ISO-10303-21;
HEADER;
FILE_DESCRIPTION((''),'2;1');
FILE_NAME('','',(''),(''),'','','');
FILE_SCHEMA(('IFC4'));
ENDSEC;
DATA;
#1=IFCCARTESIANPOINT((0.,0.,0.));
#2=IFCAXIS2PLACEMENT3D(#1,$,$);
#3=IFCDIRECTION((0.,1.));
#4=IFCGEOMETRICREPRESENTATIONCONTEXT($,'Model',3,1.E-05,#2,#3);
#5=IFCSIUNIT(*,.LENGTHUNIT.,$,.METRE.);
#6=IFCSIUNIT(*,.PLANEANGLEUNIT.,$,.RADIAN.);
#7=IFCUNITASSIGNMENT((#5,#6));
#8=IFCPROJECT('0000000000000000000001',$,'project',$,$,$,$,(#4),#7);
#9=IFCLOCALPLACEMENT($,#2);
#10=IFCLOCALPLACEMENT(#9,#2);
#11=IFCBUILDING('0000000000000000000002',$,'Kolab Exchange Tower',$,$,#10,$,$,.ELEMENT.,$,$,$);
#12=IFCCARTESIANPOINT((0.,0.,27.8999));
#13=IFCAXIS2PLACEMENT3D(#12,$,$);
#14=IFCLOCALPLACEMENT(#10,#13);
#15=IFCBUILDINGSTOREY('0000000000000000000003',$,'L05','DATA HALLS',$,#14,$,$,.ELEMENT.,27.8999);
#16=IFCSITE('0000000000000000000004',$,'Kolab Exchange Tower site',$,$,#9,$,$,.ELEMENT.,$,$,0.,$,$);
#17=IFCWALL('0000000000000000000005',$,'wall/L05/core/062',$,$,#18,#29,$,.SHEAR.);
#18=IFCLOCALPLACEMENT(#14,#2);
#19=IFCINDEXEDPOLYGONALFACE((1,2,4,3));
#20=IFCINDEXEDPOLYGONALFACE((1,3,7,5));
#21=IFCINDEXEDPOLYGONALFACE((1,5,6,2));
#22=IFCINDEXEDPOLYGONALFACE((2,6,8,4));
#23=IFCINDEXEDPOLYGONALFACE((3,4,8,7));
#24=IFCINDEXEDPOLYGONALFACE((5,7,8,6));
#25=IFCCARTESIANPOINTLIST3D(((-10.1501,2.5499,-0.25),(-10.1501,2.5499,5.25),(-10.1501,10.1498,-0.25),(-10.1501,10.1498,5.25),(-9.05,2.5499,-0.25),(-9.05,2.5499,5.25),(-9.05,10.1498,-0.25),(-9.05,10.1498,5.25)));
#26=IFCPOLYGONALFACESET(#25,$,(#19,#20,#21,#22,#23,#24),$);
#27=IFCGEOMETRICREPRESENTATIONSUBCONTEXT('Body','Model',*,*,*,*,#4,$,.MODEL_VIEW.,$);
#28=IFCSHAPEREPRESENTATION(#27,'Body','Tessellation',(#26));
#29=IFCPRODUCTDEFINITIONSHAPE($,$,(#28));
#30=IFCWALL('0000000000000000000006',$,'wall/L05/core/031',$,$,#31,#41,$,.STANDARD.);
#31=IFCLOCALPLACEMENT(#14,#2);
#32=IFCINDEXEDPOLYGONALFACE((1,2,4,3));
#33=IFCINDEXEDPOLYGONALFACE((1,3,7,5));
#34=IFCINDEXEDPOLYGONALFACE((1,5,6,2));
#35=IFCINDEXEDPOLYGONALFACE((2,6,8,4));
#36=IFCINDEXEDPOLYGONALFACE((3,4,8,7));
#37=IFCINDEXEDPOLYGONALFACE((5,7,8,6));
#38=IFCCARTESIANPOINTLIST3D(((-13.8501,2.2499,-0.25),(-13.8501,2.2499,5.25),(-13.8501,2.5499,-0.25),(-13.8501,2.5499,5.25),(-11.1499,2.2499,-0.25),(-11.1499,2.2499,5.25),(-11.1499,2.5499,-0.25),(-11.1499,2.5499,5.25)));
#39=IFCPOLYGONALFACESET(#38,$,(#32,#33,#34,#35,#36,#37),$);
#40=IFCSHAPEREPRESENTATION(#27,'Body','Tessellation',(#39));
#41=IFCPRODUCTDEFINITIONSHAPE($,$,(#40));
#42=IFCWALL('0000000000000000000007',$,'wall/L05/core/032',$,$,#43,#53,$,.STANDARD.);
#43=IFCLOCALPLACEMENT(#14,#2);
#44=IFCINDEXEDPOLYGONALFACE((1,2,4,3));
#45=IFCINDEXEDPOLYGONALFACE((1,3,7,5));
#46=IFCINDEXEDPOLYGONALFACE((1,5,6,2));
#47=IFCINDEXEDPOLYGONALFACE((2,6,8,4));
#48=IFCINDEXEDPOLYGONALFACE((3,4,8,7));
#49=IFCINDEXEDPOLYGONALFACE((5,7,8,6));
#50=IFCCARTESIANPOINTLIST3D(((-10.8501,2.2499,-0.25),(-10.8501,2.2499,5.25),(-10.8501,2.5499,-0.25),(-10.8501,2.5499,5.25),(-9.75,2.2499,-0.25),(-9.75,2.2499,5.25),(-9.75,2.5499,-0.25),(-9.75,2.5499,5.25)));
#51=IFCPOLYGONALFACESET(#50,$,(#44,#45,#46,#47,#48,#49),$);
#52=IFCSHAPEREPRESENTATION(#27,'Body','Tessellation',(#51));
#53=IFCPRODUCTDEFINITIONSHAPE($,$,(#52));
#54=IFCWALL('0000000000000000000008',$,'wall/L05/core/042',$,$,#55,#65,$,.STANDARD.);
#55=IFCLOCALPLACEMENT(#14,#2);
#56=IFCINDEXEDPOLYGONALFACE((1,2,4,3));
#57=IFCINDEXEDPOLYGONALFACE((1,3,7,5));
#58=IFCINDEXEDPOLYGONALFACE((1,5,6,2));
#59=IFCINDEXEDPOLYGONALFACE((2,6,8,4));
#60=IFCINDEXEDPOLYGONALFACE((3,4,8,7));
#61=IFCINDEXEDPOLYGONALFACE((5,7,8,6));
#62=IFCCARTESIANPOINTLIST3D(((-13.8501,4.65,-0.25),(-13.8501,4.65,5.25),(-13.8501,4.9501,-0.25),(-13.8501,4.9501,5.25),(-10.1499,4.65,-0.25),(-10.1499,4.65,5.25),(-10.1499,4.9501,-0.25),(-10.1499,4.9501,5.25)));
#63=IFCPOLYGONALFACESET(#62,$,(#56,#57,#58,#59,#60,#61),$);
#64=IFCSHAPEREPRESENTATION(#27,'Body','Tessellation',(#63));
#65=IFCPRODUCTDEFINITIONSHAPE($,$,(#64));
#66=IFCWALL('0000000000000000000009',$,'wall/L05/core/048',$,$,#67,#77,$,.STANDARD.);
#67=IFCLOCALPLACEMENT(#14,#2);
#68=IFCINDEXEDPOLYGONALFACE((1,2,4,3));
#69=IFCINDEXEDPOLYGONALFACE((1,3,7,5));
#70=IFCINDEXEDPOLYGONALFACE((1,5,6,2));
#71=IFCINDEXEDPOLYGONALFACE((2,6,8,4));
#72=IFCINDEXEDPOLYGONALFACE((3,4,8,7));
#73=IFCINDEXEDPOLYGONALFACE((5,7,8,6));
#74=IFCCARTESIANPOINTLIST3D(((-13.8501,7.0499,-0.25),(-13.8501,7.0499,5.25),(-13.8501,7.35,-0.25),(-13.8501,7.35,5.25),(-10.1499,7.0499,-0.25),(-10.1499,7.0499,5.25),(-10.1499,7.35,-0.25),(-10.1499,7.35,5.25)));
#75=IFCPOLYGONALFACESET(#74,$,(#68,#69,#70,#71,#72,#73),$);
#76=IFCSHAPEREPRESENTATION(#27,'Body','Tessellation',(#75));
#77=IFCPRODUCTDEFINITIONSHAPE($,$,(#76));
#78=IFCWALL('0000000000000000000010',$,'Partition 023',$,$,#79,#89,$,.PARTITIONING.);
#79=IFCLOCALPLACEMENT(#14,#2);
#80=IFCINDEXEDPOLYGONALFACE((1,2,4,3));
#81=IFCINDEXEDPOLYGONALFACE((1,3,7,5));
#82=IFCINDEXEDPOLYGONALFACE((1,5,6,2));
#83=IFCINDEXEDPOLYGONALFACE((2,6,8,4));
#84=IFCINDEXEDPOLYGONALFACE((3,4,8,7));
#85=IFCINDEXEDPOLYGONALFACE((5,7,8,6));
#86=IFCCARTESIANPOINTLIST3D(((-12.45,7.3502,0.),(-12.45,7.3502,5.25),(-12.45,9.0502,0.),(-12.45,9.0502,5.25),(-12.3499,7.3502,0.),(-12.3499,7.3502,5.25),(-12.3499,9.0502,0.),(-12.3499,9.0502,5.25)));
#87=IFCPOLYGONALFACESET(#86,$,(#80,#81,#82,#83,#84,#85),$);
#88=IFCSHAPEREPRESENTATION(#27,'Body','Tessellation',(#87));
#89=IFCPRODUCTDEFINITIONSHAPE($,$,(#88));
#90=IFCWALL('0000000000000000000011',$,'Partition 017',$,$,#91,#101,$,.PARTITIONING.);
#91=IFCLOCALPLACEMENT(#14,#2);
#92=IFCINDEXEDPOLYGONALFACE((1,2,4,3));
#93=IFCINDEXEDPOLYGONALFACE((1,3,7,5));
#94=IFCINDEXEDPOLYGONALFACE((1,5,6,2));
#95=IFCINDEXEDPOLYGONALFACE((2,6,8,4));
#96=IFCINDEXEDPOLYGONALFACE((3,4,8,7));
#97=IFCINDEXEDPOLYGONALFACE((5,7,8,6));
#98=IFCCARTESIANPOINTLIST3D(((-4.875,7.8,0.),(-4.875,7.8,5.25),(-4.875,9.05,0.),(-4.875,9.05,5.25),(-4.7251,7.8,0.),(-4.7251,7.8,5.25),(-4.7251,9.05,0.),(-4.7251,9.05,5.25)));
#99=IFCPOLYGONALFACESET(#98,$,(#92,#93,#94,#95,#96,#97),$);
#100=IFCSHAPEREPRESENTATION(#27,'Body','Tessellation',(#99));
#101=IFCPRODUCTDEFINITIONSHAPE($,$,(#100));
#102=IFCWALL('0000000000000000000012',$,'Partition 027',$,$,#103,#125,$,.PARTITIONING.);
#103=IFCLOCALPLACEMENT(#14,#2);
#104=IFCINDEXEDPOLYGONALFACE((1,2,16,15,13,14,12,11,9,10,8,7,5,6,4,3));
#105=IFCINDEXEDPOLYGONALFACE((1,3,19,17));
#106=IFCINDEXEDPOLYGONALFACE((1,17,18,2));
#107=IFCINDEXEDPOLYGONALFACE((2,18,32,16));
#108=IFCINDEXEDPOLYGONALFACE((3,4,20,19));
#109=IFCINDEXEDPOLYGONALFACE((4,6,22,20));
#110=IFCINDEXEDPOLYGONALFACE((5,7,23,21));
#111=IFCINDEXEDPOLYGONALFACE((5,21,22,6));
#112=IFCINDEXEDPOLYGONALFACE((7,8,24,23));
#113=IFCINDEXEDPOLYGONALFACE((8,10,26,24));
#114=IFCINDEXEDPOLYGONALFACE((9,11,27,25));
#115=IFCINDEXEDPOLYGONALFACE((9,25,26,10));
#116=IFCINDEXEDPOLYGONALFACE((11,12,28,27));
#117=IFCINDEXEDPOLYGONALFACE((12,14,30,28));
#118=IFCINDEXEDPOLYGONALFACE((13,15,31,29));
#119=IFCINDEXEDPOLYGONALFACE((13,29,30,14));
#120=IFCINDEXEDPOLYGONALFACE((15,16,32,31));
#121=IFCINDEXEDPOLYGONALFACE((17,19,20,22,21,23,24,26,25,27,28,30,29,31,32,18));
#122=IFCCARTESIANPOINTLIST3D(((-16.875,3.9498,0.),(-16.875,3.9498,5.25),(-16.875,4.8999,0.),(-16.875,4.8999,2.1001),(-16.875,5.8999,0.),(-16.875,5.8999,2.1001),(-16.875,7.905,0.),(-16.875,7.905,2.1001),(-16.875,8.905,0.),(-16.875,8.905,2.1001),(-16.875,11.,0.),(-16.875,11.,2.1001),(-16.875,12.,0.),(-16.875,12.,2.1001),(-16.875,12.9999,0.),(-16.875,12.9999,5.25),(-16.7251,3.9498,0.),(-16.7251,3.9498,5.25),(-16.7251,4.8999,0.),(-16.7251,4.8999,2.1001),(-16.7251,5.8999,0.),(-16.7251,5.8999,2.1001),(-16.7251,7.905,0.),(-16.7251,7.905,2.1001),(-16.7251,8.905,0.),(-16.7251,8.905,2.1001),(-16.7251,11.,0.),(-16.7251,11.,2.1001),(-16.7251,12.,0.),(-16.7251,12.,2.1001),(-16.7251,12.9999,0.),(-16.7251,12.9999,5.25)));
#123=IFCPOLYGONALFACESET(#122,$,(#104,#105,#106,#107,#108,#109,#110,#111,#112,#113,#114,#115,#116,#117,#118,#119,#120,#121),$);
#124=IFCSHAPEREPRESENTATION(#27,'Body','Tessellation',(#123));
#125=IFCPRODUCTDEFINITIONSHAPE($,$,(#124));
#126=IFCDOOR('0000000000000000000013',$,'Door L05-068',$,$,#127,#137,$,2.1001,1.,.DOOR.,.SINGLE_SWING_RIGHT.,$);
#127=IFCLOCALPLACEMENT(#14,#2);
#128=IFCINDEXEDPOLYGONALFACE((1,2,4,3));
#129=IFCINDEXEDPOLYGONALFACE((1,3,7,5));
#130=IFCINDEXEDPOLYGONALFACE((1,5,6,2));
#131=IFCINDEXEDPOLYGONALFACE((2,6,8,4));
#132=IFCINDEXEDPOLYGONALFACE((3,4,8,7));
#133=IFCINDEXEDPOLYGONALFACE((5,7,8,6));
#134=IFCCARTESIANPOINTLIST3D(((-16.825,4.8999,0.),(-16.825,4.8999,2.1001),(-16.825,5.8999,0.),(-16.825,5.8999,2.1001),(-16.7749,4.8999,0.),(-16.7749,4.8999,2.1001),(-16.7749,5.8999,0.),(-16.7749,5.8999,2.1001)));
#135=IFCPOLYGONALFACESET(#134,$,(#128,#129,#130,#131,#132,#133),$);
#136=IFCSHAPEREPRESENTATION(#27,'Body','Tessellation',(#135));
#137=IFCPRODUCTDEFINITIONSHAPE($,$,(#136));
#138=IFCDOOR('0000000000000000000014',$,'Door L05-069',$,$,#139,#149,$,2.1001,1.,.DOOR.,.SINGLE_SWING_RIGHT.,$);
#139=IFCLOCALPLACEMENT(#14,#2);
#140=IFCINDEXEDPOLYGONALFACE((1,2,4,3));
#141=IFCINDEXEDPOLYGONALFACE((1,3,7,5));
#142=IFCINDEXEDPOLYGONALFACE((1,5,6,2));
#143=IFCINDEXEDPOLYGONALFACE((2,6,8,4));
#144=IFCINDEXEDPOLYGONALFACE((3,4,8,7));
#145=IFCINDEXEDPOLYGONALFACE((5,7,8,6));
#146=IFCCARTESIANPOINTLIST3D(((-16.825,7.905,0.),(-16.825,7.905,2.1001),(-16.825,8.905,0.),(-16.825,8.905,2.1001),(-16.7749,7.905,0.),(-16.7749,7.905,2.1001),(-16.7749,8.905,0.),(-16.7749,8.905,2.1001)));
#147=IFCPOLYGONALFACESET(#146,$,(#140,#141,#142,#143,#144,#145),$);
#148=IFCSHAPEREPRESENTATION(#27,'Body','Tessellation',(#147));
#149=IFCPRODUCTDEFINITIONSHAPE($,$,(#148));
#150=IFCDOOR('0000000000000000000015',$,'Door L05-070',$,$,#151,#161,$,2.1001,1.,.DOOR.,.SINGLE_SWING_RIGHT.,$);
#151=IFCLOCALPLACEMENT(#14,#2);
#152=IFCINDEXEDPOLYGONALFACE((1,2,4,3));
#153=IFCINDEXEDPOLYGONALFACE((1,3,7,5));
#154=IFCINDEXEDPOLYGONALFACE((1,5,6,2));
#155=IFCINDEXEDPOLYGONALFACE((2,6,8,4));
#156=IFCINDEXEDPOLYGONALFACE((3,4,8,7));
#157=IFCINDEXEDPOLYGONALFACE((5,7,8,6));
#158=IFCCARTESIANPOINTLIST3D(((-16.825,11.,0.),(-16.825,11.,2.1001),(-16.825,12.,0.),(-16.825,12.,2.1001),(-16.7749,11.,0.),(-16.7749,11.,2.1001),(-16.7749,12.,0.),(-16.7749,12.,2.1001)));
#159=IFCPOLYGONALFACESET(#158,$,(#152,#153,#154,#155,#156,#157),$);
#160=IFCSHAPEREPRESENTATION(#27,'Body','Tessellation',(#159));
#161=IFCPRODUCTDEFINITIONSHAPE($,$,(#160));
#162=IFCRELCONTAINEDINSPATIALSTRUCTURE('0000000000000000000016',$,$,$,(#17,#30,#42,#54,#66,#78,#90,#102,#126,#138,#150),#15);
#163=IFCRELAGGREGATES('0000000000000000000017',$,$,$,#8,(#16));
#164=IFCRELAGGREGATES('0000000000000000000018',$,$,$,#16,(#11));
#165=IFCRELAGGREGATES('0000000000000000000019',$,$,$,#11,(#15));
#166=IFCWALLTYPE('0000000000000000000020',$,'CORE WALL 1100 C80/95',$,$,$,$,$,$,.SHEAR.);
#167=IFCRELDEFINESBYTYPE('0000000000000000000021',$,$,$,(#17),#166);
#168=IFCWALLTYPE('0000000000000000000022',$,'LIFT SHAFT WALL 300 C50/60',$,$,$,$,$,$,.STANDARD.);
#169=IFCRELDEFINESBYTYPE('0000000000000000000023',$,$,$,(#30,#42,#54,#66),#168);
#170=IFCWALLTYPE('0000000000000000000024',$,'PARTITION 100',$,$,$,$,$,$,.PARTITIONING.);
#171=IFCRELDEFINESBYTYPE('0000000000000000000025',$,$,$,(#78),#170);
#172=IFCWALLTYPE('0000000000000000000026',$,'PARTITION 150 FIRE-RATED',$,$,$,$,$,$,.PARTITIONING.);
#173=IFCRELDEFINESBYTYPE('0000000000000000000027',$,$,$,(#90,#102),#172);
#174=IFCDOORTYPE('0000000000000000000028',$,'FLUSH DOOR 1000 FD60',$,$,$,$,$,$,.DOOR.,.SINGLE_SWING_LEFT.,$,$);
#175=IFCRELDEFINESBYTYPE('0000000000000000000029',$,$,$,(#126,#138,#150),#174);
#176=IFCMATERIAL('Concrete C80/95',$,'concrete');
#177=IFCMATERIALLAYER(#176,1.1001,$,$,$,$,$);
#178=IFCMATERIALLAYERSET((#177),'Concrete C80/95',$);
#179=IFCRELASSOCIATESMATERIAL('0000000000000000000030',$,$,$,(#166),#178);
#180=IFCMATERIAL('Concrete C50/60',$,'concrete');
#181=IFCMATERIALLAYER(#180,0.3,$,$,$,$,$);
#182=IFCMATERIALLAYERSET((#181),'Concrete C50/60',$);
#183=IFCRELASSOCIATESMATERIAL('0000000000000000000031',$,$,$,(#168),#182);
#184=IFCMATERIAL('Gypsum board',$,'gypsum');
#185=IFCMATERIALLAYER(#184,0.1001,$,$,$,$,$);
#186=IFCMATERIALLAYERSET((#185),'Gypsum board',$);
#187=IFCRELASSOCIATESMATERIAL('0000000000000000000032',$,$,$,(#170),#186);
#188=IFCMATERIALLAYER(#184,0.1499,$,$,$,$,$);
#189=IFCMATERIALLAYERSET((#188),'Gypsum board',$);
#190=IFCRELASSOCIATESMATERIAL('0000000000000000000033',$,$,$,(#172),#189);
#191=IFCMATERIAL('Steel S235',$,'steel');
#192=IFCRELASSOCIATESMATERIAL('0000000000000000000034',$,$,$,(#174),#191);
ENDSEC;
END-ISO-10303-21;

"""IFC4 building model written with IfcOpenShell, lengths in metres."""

from ifc_helpers import new_model, si_unit, direction, frame, frame_2d, origin, place, context, subcontext, project, spatial, rectangle, extrude, material, layer, layer_set, type_object, element, fill, save


model = new_model("IFC4")

# Units and contexts
model_context = context("Model", 3, precision=1e-05, world=origin(), true_north=direction((0.0, 1.0)))
body_context = subcontext(model_context, "Body", "Model", "MODEL_VIEW")
ifc_project = project(units=[si_unit("LENGTHUNIT", "METRE"), si_unit("PLANEANGLEUNIT", "RADIAN")], contexts=[model_context])

# Site, building, storey
site_placement = place(None, origin())
site = spatial("IfcSite", under=ifc_project, at=site_placement, Name="Kolab Exchange Tower site", CompositionType="ELEMENT", RefElevation=0.0)
building_placement = place(site_placement, origin())
building = spatial("IfcBuilding", under=site, at=building_placement, Name="Kolab Exchange Tower", CompositionType="ELEMENT")
storey_placement = place(building_placement, frame((0.0, 0.0, 27.8999)))
storey = spatial("IfcBuildingStorey", under=building, at=storey_placement, Name="L05", Description="DATA HALLS", CompositionType="ELEMENT", Elevation=27.8999)

# Walls
ifc_material_1 = material(Name="Concrete C80/95", Category="concrete")
ifc_layer_1 = layer(ifc_material_1, 1.1001)
ifc_layer_set_1 = layer_set([ifc_layer_1], Name="Concrete C80/95")
wall_type_1 = type_object("IfcWallType", Name="CORE WALL 1100 C80/95", PredefinedType="SHEAR", material=ifc_layer_set_1)
wall_1_placement = place(storey_placement, frame((-9.6001, 2.55, -0.25), z_axis=(0.0, 0.0, 1.0), x_axis=(0.0, 1.0, 0.0)))
element("IfcWall", 1, at=wall_1_placement, inside=storey, type_object=wall_type_1, Name="wall/L05/core/062", PredefinedType="SHEAR", context=body_context, shape_type="SweptSolid", body=[
    extrude(rectangle(XDim=7.5999, YDim=1.1001, at=frame_2d((3.7998, 0.0))), origin(), (0.0, 0.0, 1.0), 5.5),
])
ifc_material_2 = material(Name="Concrete C50/60", Category="concrete")
ifc_layer_2 = layer(ifc_material_2, 0.3)
ifc_layer_set_2 = layer_set([ifc_layer_2], Name="Concrete C50/60")
wall_type_2 = type_object("IfcWallType", Name="LIFT SHAFT WALL 300 C50/60", PredefinedType="STANDARD", material=ifc_layer_set_2)
wall_2_placement = place(storey_placement, frame((-13.8501, 2.3999, -0.25), z_axis=(0.0, 0.0, 1.0), x_axis=(1.0, 0.0, 0.0)))
element("IfcWall", 2, at=wall_2_placement, inside=storey, type_object=wall_type_2, Name="wall/L05/core/031", PredefinedType="STANDARD", context=body_context, shape_type="SweptSolid", body=[
    extrude(rectangle(XDim=2.7002, YDim=0.3, at=frame_2d((1.3501, 0.0))), origin(), (0.0, 0.0, 1.0), 5.5),
])
wall_3_placement = place(storey_placement, frame((-10.8501, 2.3999, -0.25), z_axis=(0.0, 0.0, 1.0), x_axis=(1.0, 0.0, 0.0)))
element("IfcWall", 3, at=wall_3_placement, inside=storey, type_object=wall_type_2, Name="wall/L05/core/032", PredefinedType="STANDARD", context=body_context, shape_type="SweptSolid", body=[
    extrude(rectangle(XDim=1.1001, YDim=0.3, at=frame_2d((0.55, 0.0))), origin(), (0.0, 0.0, 1.0), 5.5),
])
for number, where, z_axis, x_axis, name in (
    (4, (-13.8501, 4.8, -0.25), (0.0, 0.0, 1.0), (1.0, 0.0, 0.0), "wall/L05/core/042"),
    (5, (-13.8501, 7.2, -0.25), (0.0, 0.0, 1.0), (1.0, 0.0, 0.0), "wall/L05/core/048"),
):
    element("IfcWall", number, at=place(storey_placement, frame(where, z_axis=z_axis, x_axis=x_axis)), inside=storey, type_object=wall_type_2, Name=name, PredefinedType="STANDARD", context=body_context, shape_type="SweptSolid", body=[
        extrude(rectangle(XDim=3.7002, YDim=0.3, at=frame_2d((1.8501, 0.0))), origin(), (0.0, 0.0, 1.0), 5.5),
    ])
ifc_material_3 = material(Name="Gypsum board", Category="gypsum")
ifc_layer_3 = layer(ifc_material_3, 0.1001)
ifc_layer_set_3 = layer_set([ifc_layer_3], Name="Gypsum board")
wall_type_3 = type_object("IfcWallType", Name="PARTITION 100", PredefinedType="PARTITIONING", material=ifc_layer_set_3)
wall_4_placement = place(storey_placement, frame((-12.3999, 7.3501, 0.0), z_axis=(0.0, 0.0, 1.0), x_axis=(0.0, 1.0, 0.0)))
element("IfcWall", 6, at=wall_4_placement, inside=storey, type_object=wall_type_3, Name="Partition 023", PredefinedType="PARTITIONING", context=body_context, shape_type="SweptSolid", body=[
    extrude(rectangle(XDim=1.7, YDim=0.1001, at=frame_2d((0.8501, 0.0))), origin(), (0.0, 0.0, 1.0), 5.25),
])
ifc_layer_4 = layer(ifc_material_3, 0.1499)
ifc_layer_set_4 = layer_set([ifc_layer_4], Name="Gypsum board")
wall_type_4 = type_object("IfcWallType", Name="PARTITION 150 FIRE-RATED", PredefinedType="PARTITIONING", material=ifc_layer_set_4)
wall_5_placement = place(storey_placement, frame((-4.8, 7.8, 0.0), z_axis=(0.0, 0.0, 1.0), x_axis=(0.0, 1.0, 0.0)))
element("IfcWall", 7, at=wall_5_placement, inside=storey, type_object=wall_type_4, Name="Partition 017", PredefinedType="PARTITIONING", context=body_context, shape_type="SweptSolid", body=[
    extrude(rectangle(XDim=1.25, YDim=0.1499, at=frame_2d((0.625, 0.0))), origin(), (0.0, 0.0, 1.0), 5.25),
])

# Wall, openings, doors
wall_6_placement = place(storey_placement, frame((-16.8, 3.95, 0.0), z_axis=(0.0, 0.0, 1.0), x_axis=(0.0, 1.0, 0.0)))
wall_6 = element("IfcWall", 8, at=wall_6_placement, inside=storey, type_object=wall_type_4, Name="Partition 027", PredefinedType="PARTITIONING", context=body_context, shape_type="SweptSolid", body=[
    extrude(rectangle(XDim=9.05, YDim=0.1499, at=frame_2d((4.5249, 0.0))), origin(), (0.0, 0.0, 1.0), 5.25),
])
opening_1_placement = place(wall_6_placement, frame((0.95, 0.0, 0.0)))
opening_1 = element("IfcOpeningElement", 9, at=opening_1_placement, cuts=wall_6, PredefinedType="OPENING", context=body_context, shape_type="SweptSolid", body=[
    extrude(rectangle(XDim=1.0, YDim=2.1001, at=frame_2d((0.5, 1.05))), frame((0.0, 0.085, 0.0), z_axis=(0.0, -1.0, 0.0), x_axis=(1.0, 0.0, 0.0)), (0.0, 0.0, 1.0), 0.1699),
])
opening_2_placement = place(wall_6_placement, frame((3.9551, 0.0, 0.0)))
opening_2 = element("IfcOpeningElement", 10, at=opening_2_placement, cuts=wall_6, PredefinedType="OPENING", context=body_context, shape_type="SweptSolid", body=[
    extrude(rectangle(XDim=1.0, YDim=2.1001, at=frame_2d((0.5, 1.05))), frame((0.0, 0.085, 0.0), z_axis=(0.0, -1.0, 0.0), x_axis=(1.0, 0.0, 0.0)), (0.0, 0.0, 1.0), 0.1699),
])
opening_3_placement = place(wall_6_placement, frame((7.05, 0.0, 0.0)))
opening_3 = element("IfcOpeningElement", 11, at=opening_3_placement, cuts=wall_6, PredefinedType="OPENING", context=body_context, shape_type="SweptSolid", body=[
    extrude(rectangle(XDim=1.0, YDim=2.1001, at=frame_2d((0.5, 1.05))), frame((0.0, 0.085, 0.0), z_axis=(0.0, -1.0, 0.0), x_axis=(1.0, 0.0, 0.0)), (0.0, 0.0, 1.0), 0.1699),
])
ifc_material_4 = material(Name="Steel S235", Category="steel")
door_type_1 = type_object("IfcDoorType", Name="FLUSH DOOR 1000 FD60", OperationType="SINGLE_SWING_LEFT", PredefinedType="DOOR", material=ifc_material_4)
door_1_placement = place(opening_1_placement, origin())
door_1 = element("IfcDoor", 12, at=door_1_placement, inside=storey, type_object=door_type_1, Name="Door L05-068", OperationType="SINGLE_SWING_RIGHT", OverallHeight=2.1001, OverallWidth=1.0, PredefinedType="DOOR", context=body_context, shape_type="SweptSolid", body=[
    extrude(rectangle(XDim=1.0, YDim=2.1001, at=frame_2d((0.5, 1.05))), frame((0.0, 0.0249, 0.0), z_axis=(0.0, -1.0, 0.0), x_axis=(1.0, 0.0, 0.0)), (0.0, 0.0, 1.0), 0.05),
])
fill(opening_1, door_1)
door_2_placement = place(opening_2_placement, origin())
door_2 = element("IfcDoor", 13, at=door_2_placement, inside=storey, type_object=door_type_1, Name="Door L05-069", OperationType="SINGLE_SWING_RIGHT", OverallHeight=2.1001, OverallWidth=1.0, PredefinedType="DOOR", context=body_context, shape_type="SweptSolid", body=[
    extrude(rectangle(XDim=1.0, YDim=2.1001, at=frame_2d((0.5, 1.05))), frame((0.0, 0.0249, 0.0), z_axis=(0.0, -1.0, 0.0), x_axis=(1.0, 0.0, 0.0)), (0.0, 0.0, 1.0), 0.05),
])
fill(opening_2, door_2)
door_3_placement = place(opening_3_placement, origin())
door_3 = element("IfcDoor", 14, at=door_3_placement, inside=storey, type_object=door_type_1, Name="Door L05-070", OperationType="SINGLE_SWING_RIGHT", OverallHeight=2.1001, OverallWidth=1.0, PredefinedType="DOOR", context=body_context, shape_type="SweptSolid", body=[
    extrude(rectangle(XDim=1.0, YDim=2.1001, at=frame_2d((0.5, 1.05))), frame((0.0, 0.0249, 0.0), z_axis=(0.0, -1.0, 0.0), x_axis=(1.0, 0.0, 0.0)), (0.0, 0.0, 1.0), 0.05),
])
fill(opening_3, door_3)

save(model, "model.ifc")
